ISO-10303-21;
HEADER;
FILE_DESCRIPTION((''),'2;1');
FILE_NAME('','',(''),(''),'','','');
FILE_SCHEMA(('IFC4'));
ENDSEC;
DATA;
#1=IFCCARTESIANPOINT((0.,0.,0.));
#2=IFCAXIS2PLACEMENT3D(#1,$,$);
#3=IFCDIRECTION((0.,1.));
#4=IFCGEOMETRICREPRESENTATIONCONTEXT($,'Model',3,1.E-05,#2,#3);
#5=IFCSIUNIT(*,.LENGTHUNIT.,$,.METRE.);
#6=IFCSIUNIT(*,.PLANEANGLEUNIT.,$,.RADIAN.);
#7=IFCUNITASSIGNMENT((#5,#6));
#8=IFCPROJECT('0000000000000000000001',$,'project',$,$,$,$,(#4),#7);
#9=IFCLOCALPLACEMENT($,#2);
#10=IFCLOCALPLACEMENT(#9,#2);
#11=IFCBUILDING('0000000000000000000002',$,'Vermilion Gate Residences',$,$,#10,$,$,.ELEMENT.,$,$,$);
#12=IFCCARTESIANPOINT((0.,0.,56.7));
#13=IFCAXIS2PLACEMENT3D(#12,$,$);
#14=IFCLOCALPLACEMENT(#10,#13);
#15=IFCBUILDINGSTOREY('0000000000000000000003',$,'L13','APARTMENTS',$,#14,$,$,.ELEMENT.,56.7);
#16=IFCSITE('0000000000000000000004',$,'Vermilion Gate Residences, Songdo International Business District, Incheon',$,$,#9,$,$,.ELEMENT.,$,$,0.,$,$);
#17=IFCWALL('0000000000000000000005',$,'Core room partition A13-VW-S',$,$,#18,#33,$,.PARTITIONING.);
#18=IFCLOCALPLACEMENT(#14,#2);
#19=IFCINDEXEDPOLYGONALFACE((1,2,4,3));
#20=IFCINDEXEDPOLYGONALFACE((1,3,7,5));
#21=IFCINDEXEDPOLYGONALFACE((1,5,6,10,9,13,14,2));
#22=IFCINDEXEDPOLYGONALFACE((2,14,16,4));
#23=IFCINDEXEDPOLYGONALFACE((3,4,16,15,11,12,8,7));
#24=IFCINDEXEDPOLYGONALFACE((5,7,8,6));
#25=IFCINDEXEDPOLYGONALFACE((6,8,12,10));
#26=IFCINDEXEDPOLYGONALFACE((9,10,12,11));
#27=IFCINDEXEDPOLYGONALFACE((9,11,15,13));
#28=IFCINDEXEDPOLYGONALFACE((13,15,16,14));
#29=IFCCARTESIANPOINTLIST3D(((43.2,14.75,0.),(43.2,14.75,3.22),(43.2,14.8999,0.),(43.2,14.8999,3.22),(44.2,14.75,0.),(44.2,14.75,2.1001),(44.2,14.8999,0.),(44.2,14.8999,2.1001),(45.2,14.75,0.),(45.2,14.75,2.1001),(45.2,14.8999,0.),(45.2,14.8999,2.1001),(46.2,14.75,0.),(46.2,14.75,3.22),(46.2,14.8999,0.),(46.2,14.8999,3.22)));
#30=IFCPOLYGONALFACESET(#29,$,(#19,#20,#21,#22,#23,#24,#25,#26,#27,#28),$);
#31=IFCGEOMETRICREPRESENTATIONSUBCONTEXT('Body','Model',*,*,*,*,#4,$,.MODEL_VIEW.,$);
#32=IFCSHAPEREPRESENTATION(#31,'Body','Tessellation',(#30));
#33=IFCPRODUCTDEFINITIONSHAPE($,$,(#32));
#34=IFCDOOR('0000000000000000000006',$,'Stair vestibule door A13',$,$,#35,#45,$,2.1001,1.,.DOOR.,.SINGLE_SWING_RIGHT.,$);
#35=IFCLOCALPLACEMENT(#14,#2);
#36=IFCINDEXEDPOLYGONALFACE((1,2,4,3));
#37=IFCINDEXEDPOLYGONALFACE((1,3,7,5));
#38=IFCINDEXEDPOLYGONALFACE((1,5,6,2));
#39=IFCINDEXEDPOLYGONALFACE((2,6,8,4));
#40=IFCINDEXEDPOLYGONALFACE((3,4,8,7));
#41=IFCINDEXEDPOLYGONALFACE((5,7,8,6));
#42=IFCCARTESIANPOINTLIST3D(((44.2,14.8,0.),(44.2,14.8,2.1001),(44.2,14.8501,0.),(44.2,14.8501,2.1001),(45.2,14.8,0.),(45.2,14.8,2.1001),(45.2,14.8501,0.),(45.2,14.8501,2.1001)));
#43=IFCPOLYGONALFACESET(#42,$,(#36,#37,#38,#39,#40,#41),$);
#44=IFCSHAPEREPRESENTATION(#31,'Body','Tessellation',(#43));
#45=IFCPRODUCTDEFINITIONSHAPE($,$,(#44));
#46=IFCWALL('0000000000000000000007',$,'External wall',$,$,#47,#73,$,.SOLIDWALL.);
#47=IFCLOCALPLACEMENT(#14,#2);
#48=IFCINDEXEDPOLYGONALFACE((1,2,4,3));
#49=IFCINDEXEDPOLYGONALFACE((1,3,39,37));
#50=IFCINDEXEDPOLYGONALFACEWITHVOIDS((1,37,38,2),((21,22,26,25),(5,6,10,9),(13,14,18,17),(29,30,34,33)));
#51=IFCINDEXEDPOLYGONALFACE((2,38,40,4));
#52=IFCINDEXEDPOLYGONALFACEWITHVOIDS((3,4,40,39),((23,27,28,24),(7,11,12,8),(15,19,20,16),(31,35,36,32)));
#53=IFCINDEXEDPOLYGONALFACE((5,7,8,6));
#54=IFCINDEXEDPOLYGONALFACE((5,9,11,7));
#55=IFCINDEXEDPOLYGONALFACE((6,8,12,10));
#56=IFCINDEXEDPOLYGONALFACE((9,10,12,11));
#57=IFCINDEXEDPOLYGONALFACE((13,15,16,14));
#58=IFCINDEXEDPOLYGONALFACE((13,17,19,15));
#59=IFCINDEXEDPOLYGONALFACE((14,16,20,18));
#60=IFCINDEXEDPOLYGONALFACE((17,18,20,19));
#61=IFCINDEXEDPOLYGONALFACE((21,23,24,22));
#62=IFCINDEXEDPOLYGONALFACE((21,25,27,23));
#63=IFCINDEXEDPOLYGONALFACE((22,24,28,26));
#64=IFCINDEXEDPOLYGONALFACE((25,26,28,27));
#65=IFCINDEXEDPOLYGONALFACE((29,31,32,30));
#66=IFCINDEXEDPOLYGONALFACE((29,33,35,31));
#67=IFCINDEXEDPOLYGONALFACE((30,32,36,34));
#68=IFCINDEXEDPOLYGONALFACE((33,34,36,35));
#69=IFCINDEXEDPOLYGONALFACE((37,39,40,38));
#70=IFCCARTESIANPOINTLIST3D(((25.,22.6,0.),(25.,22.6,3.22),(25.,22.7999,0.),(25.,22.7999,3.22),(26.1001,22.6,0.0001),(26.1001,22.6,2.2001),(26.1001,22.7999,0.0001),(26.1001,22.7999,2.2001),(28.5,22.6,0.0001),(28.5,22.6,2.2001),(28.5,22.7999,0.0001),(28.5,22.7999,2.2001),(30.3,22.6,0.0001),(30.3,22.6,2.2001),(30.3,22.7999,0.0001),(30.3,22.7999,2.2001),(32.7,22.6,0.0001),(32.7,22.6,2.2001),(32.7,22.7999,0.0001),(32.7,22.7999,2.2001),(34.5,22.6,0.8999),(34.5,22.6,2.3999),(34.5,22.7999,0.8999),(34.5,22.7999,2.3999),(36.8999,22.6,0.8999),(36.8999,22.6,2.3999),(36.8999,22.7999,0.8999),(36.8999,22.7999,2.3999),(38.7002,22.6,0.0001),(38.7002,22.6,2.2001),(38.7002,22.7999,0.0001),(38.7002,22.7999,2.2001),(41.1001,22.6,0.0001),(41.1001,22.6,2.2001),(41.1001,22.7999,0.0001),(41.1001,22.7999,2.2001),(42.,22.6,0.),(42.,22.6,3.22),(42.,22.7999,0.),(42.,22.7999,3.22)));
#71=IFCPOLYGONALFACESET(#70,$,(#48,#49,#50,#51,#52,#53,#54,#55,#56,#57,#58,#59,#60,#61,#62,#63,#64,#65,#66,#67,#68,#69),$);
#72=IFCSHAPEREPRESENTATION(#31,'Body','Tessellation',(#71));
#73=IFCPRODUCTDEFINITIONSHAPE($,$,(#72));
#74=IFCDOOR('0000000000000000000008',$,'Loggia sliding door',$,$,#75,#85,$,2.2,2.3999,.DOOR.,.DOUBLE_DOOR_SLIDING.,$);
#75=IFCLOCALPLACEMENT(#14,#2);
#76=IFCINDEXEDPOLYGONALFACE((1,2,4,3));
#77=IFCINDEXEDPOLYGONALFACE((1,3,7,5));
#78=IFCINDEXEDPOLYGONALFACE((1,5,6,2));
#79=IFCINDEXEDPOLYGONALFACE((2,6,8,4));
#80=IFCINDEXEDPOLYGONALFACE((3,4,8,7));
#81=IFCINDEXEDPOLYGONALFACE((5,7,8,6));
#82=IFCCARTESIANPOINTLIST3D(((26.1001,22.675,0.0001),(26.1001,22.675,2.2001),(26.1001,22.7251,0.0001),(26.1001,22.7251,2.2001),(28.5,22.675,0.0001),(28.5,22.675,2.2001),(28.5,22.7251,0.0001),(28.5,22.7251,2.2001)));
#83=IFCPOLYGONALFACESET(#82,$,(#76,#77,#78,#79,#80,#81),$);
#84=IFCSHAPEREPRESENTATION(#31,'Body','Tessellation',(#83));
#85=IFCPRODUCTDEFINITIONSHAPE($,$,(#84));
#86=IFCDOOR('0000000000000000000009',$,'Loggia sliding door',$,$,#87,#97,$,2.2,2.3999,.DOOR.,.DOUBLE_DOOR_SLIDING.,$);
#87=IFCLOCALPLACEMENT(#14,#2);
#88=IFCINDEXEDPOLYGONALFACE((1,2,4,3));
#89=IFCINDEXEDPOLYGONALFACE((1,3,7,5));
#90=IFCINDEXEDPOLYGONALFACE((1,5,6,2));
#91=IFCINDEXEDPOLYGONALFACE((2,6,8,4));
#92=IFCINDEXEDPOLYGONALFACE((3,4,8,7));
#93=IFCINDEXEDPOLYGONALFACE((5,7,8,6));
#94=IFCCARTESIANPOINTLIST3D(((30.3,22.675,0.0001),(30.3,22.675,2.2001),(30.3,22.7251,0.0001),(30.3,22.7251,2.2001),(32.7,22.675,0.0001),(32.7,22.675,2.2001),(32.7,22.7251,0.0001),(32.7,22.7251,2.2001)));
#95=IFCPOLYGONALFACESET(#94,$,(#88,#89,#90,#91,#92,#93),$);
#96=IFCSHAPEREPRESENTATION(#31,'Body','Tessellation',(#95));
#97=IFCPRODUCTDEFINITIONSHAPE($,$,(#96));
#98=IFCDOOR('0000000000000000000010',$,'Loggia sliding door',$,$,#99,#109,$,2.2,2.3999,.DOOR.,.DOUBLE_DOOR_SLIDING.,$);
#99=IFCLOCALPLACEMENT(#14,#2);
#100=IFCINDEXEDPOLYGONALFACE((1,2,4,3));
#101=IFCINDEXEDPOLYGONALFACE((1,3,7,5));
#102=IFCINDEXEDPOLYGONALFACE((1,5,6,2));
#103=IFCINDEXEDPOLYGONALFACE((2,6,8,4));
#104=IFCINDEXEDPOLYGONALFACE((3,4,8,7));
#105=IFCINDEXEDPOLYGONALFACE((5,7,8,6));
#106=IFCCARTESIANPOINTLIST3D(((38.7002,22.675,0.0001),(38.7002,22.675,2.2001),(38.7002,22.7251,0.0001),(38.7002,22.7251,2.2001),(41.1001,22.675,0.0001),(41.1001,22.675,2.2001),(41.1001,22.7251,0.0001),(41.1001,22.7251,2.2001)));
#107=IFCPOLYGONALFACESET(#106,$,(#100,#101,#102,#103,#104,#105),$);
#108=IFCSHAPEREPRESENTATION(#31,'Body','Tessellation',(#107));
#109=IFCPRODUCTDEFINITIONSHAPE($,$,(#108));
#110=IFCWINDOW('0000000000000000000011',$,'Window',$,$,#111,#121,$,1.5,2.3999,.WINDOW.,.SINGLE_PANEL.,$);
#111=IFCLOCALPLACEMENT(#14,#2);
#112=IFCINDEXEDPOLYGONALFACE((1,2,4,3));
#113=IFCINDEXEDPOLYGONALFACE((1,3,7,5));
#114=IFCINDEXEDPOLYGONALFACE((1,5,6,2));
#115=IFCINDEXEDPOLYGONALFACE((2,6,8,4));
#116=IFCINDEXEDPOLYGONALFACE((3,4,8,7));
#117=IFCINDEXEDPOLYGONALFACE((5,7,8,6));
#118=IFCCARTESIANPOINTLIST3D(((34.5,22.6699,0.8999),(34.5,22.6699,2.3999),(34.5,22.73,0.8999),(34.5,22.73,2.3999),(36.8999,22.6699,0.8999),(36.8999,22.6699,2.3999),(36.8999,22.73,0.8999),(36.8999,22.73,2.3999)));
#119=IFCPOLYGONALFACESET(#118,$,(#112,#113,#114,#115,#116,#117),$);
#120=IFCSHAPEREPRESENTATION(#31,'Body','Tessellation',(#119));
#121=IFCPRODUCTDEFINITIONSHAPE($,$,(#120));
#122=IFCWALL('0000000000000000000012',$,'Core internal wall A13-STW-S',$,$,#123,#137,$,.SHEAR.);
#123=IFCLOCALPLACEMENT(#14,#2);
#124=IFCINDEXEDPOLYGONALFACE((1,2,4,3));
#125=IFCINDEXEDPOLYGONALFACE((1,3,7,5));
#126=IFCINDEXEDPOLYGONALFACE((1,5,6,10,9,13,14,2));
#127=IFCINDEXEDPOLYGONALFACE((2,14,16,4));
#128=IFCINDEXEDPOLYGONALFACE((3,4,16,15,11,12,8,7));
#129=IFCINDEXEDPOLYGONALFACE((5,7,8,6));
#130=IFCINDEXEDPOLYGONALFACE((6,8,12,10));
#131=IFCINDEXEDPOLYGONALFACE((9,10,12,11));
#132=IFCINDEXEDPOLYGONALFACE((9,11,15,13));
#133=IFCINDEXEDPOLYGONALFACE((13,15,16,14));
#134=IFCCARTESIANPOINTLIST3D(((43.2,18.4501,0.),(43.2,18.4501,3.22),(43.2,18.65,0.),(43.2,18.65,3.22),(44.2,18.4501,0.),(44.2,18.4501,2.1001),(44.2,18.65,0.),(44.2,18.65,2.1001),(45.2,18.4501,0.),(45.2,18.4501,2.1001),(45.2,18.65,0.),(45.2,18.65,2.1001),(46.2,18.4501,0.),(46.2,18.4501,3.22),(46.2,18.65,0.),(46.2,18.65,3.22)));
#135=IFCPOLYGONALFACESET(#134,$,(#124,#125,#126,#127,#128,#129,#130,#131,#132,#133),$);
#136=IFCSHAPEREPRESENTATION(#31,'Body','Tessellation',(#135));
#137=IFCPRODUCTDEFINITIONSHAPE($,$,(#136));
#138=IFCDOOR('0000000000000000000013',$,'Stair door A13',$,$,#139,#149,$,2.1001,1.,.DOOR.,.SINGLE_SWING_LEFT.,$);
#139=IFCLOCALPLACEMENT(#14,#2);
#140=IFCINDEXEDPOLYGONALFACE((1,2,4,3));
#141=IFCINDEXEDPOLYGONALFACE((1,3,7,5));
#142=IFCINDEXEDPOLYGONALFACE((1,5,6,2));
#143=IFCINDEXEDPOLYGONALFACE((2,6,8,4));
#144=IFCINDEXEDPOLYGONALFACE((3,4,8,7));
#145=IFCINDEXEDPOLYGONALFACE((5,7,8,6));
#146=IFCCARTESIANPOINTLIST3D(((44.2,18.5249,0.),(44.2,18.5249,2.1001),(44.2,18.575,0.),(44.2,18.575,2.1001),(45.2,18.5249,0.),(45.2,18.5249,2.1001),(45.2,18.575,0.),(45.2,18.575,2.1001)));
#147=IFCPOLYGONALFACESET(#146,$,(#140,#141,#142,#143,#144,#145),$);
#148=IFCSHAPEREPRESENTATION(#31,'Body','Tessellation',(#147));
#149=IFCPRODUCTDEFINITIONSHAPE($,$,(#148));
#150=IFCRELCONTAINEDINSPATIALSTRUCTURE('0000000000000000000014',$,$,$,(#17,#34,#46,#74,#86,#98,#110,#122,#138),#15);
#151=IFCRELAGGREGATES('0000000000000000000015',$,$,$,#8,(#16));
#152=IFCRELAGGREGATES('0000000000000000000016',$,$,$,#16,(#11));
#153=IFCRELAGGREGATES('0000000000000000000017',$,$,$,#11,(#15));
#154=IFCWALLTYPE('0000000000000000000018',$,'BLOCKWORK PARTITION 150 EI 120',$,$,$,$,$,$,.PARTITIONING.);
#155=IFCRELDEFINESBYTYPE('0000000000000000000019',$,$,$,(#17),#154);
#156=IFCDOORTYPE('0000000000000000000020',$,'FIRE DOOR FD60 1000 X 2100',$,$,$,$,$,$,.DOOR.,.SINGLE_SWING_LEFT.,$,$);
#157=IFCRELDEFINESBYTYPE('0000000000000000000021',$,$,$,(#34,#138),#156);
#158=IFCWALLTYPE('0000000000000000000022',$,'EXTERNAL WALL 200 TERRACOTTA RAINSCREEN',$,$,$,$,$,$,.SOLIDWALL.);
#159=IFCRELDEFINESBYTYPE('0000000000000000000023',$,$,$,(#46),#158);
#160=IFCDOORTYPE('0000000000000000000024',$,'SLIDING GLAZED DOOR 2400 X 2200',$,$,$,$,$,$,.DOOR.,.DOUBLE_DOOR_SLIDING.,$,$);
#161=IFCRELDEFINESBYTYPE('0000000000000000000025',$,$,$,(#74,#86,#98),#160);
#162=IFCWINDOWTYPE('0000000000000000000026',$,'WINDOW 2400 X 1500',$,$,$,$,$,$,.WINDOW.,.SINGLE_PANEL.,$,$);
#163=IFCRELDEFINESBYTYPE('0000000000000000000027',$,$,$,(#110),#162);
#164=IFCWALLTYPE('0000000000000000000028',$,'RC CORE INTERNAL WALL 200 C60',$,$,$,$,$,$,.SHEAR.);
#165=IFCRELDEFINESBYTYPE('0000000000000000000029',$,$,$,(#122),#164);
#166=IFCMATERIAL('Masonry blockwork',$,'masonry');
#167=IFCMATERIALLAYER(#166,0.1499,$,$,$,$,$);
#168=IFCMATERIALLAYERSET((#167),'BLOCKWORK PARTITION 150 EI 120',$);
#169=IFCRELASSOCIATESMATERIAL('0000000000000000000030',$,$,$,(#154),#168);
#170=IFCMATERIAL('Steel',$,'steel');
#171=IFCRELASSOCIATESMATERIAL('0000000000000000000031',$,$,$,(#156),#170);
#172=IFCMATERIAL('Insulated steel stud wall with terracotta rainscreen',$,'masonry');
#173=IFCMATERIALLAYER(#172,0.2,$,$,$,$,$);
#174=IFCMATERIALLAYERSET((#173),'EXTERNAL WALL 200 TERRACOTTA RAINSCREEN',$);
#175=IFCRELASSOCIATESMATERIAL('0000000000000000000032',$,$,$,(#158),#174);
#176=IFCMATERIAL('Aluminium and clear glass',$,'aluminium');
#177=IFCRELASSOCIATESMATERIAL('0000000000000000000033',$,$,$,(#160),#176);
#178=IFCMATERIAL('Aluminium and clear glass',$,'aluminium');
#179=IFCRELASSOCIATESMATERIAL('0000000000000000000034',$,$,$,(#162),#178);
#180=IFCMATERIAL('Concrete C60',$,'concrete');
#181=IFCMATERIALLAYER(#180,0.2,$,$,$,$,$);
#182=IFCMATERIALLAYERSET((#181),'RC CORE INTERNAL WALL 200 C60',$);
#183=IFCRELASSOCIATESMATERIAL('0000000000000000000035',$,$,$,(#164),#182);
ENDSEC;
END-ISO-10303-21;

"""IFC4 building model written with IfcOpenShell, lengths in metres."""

from ifc_helpers import new_model, si_unit, direction, frame, frame_2d, origin, place, context, subcontext, project, spatial, rectangle, extrude, material, layer, layer_set, type_object, element, fill, save


model = new_model("IFC4")

# Units and contexts
model_context = context("Model", 3, precision=1e-05, world=origin(), true_north=direction((0.0, 1.0)))
body_context = subcontext(model_context, "Body", "Model", "MODEL_VIEW")
ifc_project = project(units=[si_unit("LENGTHUNIT", "METRE"), si_unit("PLANEANGLEUNIT", "RADIAN")], contexts=[model_context])

# Site, building, storey
site_placement = place(None, origin())
site = spatial("IfcSite", under=ifc_project, at=site_placement, Name="Vermilion Gate Residences, Songdo International Business District, Incheon", CompositionType="ELEMENT", RefElevation=0.0)
building_placement = place(site_placement, origin())
building = spatial("IfcBuilding", under=site, at=building_placement, Name="Vermilion Gate Residences", CompositionType="ELEMENT")
storey_placement = place(building_placement, frame((0.0, 0.0, 56.7)))
storey = spatial("IfcBuildingStorey", under=building, at=storey_placement, Name="L13", Description="APARTMENTS", CompositionType="ELEMENT", Elevation=56.7)

# Wall, opening, door
ifc_material_1 = material(Name="Masonry blockwork", Category="masonry")
ifc_layer_1 = layer(ifc_material_1, 0.1499)
ifc_layer_set_1 = layer_set([ifc_layer_1], Name="BLOCKWORK PARTITION 150 EI 120")
wall_type_1 = type_object("IfcWallType", Name="BLOCKWORK PARTITION 150 EI 120", PredefinedType="PARTITIONING", material=ifc_layer_set_1)
wall_1_placement = place(storey_placement, frame((43.2, 14.825, 0.0), z_axis=(0.0, 0.0, 1.0), x_axis=(1.0, 0.0, 0.0)))
wall_1 = element("IfcWall", 1, at=wall_1_placement, inside=storey, type_object=wall_type_1, Name="Core room partition A13-VW-S", PredefinedType="PARTITIONING", context=body_context, shape_type="SweptSolid", body=[
    extrude(rectangle(XDim=3.0, YDim=0.1499, at=frame_2d((1.5, 0.0))), origin(), (0.0, 0.0, 1.0), 3.22),
])
opening_1_placement = place(wall_1_placement, frame((1.0, 0.0, 0.0)))
opening_1 = element("IfcOpeningElement", 2, at=opening_1_placement, cuts=wall_1, PredefinedType="OPENING", context=body_context, shape_type="SweptSolid", body=[
    extrude(rectangle(XDim=1.0, YDim=2.1001, at=frame_2d((0.5, 1.05))), frame((0.0, 0.085, 0.0), z_axis=(0.0, -1.0, 0.0), x_axis=(1.0, 0.0, 0.0)), (0.0, 0.0, 1.0), 0.1699),
])
ifc_material_2 = material(Name="Steel", Category="steel")
door_type_1 = type_object("IfcDoorType", Name="FIRE DOOR FD60 1000 X 2100", OperationType="SINGLE_SWING_LEFT", PredefinedType="DOOR", material=ifc_material_2)
door_1_placement = place(opening_1_placement, frame((1.0, 0.0, 0.0), z_axis=(0.0, 0.0, 1.0), x_axis=(-1.0, 0.0, 0.0)))
door_1 = element("IfcDoor", 3, at=door_1_placement, inside=storey, type_object=door_type_1, Name="Stair vestibule door A13", OperationType="SINGLE_SWING_RIGHT", OverallHeight=2.1001, OverallWidth=1.0, PredefinedType="DOOR", context=body_context, shape_type="SweptSolid", body=[
    extrude(rectangle(XDim=1.0, YDim=2.1001, at=frame_2d((0.5, 1.05))), frame((0.0, 0.0249, 0.0), z_axis=(0.0, -1.0, 0.0), x_axis=(1.0, 0.0, 0.0)), (0.0, 0.0, 1.0), 0.05),
])
fill(opening_1, door_1)

# Wall, openings, doors, window
ifc_material_3 = material(Name="Insulated steel stud wall with terracotta rainscreen", Category="masonry")
ifc_layer_2 = layer(ifc_material_3, 0.2)
ifc_layer_set_2 = layer_set([ifc_layer_2], Name="EXTERNAL WALL 200 TERRACOTTA RAINSCREEN")
wall_type_2 = type_object("IfcWallType", Name="EXTERNAL WALL 200 TERRACOTTA RAINSCREEN", PredefinedType="SOLIDWALL", material=ifc_layer_set_2)
wall_2_placement = place(storey_placement, frame((42.0, 22.7, 0.0), z_axis=(0.0, 0.0, 1.0), x_axis=(-1.0, 0.0, 0.0)))
wall_2 = element("IfcWall", 4, at=wall_2_placement, inside=storey, type_object=wall_type_2, Name="External wall", PredefinedType="SOLIDWALL", context=body_context, shape_type="SweptSolid", body=[
    extrude(rectangle(XDim=17.0, YDim=0.2, at=frame_2d((8.5, 0.0))), origin(), (0.0, 0.0, 1.0), 3.22),
])
opening_2_placement = place(wall_2_placement, frame((13.5, 0.0, 0.0)))
opening_2 = element("IfcOpeningElement", 5, at=opening_2_placement, cuts=wall_2, PredefinedType="OPENING", context=body_context, shape_type="SweptSolid", body=[
    extrude(rectangle(XDim=2.3999, YDim=2.2, at=frame_2d((1.2, 1.1001))), frame((0.0, 0.1099, 0.0), z_axis=(0.0, -1.0, 0.0), x_axis=(1.0, 0.0, 0.0)), (0.0, 0.0, 1.0), 0.22),
])
opening_3_placement = place(wall_2_placement, frame((9.3, 0.0, 0.0)))
opening_3 = element("IfcOpeningElement", 6, at=opening_3_placement, cuts=wall_2, PredefinedType="OPENING", context=body_context, shape_type="SweptSolid", body=[
    extrude(rectangle(XDim=2.3999, YDim=2.2, at=frame_2d((1.2, 1.1001))), frame((0.0, 0.1099, 0.0), z_axis=(0.0, -1.0, 0.0), x_axis=(1.0, 0.0, 0.0)), (0.0, 0.0, 1.0), 0.22),
])
opening_4_placement = place(wall_2_placement, frame((5.1001, 0.0, 0.8999)))
opening_4 = element("IfcOpeningElement", 7, at=opening_4_placement, cuts=wall_2, PredefinedType="OPENING", context=body_context, shape_type="SweptSolid", body=[
    extrude(rectangle(XDim=2.3999, YDim=1.5, at=frame_2d((1.2, 0.75))), frame((0.0, 0.1099, 0.0), z_axis=(0.0, -1.0, 0.0), x_axis=(1.0, 0.0, 0.0)), (0.0, 0.0, 1.0), 0.22),
])
opening_5_placement = place(wall_2_placement, frame((0.8999, 0.0, 0.0)))
opening_5 = element("IfcOpeningElement", 8, at=opening_5_placement, cuts=wall_2, PredefinedType="OPENING", context=body_context, shape_type="SweptSolid", body=[
    extrude(rectangle(XDim=2.3999, YDim=2.2, at=frame_2d((1.2, 1.1001))), frame((0.0, 0.1099, 0.0), z_axis=(0.0, -1.0, 0.0), x_axis=(1.0, 0.0, 0.0)), (0.0, 0.0, 1.0), 0.22),
])
ifc_material_4 = material(Name="Aluminium and clear glass", Category="aluminium")
door_type_2 = type_object("IfcDoorType", Name="SLIDING GLAZED DOOR 2400 X 2200", OperationType="DOUBLE_DOOR_SLIDING", PredefinedType="DOOR", material=ifc_material_4)
door_2_placement = place(opening_2_placement, origin())
door_2 = element("IfcDoor", 9, at=door_2_placement, inside=storey, type_object=door_type_2, Name="Loggia sliding door", OperationType="DOUBLE_DOOR_SLIDING", OverallHeight=2.2, OverallWidth=2.3999, PredefinedType="DOOR", context=body_context, shape_type="SweptSolid", body=[
    extrude(rectangle(XDim=2.3999, YDim=2.2, at=frame_2d((1.2, 1.1001))), frame((0.0, 0.0249, 0.0), z_axis=(0.0, -1.0, 0.0), x_axis=(1.0, 0.0, 0.0)), (0.0, 0.0, 1.0), 0.05),
])
fill(opening_2, door_2)
door_3_placement = place(opening_3_placement, origin())
door_3 = element("IfcDoor", 10, at=door_3_placement, inside=storey, type_object=door_type_2, Name="Loggia sliding door", OperationType="DOUBLE_DOOR_SLIDING", OverallHeight=2.2, OverallWidth=2.3999, PredefinedType="DOOR", context=body_context, shape_type="SweptSolid", body=[
    extrude(rectangle(XDim=2.3999, YDim=2.2, at=frame_2d((1.2, 1.1001))), frame((0.0, 0.0249, 0.0), z_axis=(0.0, -1.0, 0.0), x_axis=(1.0, 0.0, 0.0)), (0.0, 0.0, 1.0), 0.05),
])
fill(opening_3, door_3)
door_4_placement = place(opening_5_placement, origin())
door_4 = element("IfcDoor", 11, at=door_4_placement, inside=storey, type_object=door_type_2, Name="Loggia sliding door", OperationType="DOUBLE_DOOR_SLIDING", OverallHeight=2.2, OverallWidth=2.3999, PredefinedType="DOOR", context=body_context, shape_type="SweptSolid", body=[
    extrude(rectangle(XDim=2.3999, YDim=2.2, at=frame_2d((1.2, 1.1001))), frame((0.0, 0.0249, 0.0), z_axis=(0.0, -1.0, 0.0), x_axis=(1.0, 0.0, 0.0)), (0.0, 0.0, 1.0), 0.05),
])
fill(opening_5, door_4)
ifc_material_5 = material(Name="Aluminium and clear glass", Category="aluminium")
window_type_1 = type_object("IfcWindowType", Name="WINDOW 2400 X 1500", PartitioningType="SINGLE_PANEL", PredefinedType="WINDOW", material=ifc_material_5)
window_1_placement = place(opening_4_placement, origin())
window_1 = element("IfcWindow", 12, at=window_1_placement, inside=storey, type_object=window_type_1, Name="Window", OverallHeight=1.5, OverallWidth=2.3999, PartitioningType="SINGLE_PANEL", PredefinedType="WINDOW", context=body_context, shape_type="SweptSolid", body=[
    extrude(rectangle(XDim=2.3999, YDim=1.5, at=frame_2d((1.2, 0.75))), frame((0.0, 0.03, 0.0), z_axis=(0.0, -1.0, 0.0), x_axis=(1.0, 0.0, 0.0)), (0.0, 0.0, 1.0), 0.0601),
])
fill(opening_4, window_1)

# Wall, opening, door
ifc_material_6 = material(Name="Concrete C60", Category="concrete")
ifc_layer_3 = layer(ifc_material_6, 0.2)
ifc_layer_set_3 = layer_set([ifc_layer_3], Name="RC CORE INTERNAL WALL 200 C60")
wall_type_3 = type_object("IfcWallType", Name="RC CORE INTERNAL WALL 200 C60", PredefinedType="SHEAR", material=ifc_layer_set_3)
wall_3_placement = place(storey_placement, frame((43.2, 18.55, 0.0), z_axis=(0.0, 0.0, 1.0), x_axis=(1.0, 0.0, 0.0)))
wall_3 = element("IfcWall", 13, at=wall_3_placement, inside=storey, type_object=wall_type_3, Name="Core internal wall A13-STW-S", PredefinedType="SHEAR", context=body_context, shape_type="SweptSolid", body=[
    extrude(rectangle(XDim=3.0, YDim=0.2, at=frame_2d((1.5, 0.0))), origin(), (0.0, 0.0, 1.0), 3.22),
])
opening_6_placement = place(wall_3_placement, frame((1.0, 0.0, 0.0)))
opening_6 = element("IfcOpeningElement", 14, at=opening_6_placement, cuts=wall_3, PredefinedType="OPENING", context=body_context, shape_type="SweptSolid", body=[
    extrude(rectangle(XDim=1.0, YDim=2.1001, at=frame_2d((0.5, 1.05))), frame((0.0, 0.1099, 0.0), z_axis=(0.0, -1.0, 0.0), x_axis=(1.0, 0.0, 0.0)), (0.0, 0.0, 1.0), 0.22),
])
door_5_placement = place(opening_6_placement, origin())
door_5 = element("IfcDoor", 15, at=door_5_placement, inside=storey, type_object=door_type_1, Name="Stair door A13", OperationType="SINGLE_SWING_LEFT", OverallHeight=2.1001, OverallWidth=1.0, PredefinedType="DOOR", context=body_context, shape_type="SweptSolid", body=[
    extrude(rectangle(XDim=1.0, YDim=2.1001, at=frame_2d((0.5, 1.05))), frame((0.0, 0.0249, 0.0), z_axis=(0.0, -1.0, 0.0), x_axis=(1.0, 0.0, 0.0)), (0.0, 0.0, 1.0), 0.05),
])
fill(opening_6, door_5)

save(model, "model.ifc")
